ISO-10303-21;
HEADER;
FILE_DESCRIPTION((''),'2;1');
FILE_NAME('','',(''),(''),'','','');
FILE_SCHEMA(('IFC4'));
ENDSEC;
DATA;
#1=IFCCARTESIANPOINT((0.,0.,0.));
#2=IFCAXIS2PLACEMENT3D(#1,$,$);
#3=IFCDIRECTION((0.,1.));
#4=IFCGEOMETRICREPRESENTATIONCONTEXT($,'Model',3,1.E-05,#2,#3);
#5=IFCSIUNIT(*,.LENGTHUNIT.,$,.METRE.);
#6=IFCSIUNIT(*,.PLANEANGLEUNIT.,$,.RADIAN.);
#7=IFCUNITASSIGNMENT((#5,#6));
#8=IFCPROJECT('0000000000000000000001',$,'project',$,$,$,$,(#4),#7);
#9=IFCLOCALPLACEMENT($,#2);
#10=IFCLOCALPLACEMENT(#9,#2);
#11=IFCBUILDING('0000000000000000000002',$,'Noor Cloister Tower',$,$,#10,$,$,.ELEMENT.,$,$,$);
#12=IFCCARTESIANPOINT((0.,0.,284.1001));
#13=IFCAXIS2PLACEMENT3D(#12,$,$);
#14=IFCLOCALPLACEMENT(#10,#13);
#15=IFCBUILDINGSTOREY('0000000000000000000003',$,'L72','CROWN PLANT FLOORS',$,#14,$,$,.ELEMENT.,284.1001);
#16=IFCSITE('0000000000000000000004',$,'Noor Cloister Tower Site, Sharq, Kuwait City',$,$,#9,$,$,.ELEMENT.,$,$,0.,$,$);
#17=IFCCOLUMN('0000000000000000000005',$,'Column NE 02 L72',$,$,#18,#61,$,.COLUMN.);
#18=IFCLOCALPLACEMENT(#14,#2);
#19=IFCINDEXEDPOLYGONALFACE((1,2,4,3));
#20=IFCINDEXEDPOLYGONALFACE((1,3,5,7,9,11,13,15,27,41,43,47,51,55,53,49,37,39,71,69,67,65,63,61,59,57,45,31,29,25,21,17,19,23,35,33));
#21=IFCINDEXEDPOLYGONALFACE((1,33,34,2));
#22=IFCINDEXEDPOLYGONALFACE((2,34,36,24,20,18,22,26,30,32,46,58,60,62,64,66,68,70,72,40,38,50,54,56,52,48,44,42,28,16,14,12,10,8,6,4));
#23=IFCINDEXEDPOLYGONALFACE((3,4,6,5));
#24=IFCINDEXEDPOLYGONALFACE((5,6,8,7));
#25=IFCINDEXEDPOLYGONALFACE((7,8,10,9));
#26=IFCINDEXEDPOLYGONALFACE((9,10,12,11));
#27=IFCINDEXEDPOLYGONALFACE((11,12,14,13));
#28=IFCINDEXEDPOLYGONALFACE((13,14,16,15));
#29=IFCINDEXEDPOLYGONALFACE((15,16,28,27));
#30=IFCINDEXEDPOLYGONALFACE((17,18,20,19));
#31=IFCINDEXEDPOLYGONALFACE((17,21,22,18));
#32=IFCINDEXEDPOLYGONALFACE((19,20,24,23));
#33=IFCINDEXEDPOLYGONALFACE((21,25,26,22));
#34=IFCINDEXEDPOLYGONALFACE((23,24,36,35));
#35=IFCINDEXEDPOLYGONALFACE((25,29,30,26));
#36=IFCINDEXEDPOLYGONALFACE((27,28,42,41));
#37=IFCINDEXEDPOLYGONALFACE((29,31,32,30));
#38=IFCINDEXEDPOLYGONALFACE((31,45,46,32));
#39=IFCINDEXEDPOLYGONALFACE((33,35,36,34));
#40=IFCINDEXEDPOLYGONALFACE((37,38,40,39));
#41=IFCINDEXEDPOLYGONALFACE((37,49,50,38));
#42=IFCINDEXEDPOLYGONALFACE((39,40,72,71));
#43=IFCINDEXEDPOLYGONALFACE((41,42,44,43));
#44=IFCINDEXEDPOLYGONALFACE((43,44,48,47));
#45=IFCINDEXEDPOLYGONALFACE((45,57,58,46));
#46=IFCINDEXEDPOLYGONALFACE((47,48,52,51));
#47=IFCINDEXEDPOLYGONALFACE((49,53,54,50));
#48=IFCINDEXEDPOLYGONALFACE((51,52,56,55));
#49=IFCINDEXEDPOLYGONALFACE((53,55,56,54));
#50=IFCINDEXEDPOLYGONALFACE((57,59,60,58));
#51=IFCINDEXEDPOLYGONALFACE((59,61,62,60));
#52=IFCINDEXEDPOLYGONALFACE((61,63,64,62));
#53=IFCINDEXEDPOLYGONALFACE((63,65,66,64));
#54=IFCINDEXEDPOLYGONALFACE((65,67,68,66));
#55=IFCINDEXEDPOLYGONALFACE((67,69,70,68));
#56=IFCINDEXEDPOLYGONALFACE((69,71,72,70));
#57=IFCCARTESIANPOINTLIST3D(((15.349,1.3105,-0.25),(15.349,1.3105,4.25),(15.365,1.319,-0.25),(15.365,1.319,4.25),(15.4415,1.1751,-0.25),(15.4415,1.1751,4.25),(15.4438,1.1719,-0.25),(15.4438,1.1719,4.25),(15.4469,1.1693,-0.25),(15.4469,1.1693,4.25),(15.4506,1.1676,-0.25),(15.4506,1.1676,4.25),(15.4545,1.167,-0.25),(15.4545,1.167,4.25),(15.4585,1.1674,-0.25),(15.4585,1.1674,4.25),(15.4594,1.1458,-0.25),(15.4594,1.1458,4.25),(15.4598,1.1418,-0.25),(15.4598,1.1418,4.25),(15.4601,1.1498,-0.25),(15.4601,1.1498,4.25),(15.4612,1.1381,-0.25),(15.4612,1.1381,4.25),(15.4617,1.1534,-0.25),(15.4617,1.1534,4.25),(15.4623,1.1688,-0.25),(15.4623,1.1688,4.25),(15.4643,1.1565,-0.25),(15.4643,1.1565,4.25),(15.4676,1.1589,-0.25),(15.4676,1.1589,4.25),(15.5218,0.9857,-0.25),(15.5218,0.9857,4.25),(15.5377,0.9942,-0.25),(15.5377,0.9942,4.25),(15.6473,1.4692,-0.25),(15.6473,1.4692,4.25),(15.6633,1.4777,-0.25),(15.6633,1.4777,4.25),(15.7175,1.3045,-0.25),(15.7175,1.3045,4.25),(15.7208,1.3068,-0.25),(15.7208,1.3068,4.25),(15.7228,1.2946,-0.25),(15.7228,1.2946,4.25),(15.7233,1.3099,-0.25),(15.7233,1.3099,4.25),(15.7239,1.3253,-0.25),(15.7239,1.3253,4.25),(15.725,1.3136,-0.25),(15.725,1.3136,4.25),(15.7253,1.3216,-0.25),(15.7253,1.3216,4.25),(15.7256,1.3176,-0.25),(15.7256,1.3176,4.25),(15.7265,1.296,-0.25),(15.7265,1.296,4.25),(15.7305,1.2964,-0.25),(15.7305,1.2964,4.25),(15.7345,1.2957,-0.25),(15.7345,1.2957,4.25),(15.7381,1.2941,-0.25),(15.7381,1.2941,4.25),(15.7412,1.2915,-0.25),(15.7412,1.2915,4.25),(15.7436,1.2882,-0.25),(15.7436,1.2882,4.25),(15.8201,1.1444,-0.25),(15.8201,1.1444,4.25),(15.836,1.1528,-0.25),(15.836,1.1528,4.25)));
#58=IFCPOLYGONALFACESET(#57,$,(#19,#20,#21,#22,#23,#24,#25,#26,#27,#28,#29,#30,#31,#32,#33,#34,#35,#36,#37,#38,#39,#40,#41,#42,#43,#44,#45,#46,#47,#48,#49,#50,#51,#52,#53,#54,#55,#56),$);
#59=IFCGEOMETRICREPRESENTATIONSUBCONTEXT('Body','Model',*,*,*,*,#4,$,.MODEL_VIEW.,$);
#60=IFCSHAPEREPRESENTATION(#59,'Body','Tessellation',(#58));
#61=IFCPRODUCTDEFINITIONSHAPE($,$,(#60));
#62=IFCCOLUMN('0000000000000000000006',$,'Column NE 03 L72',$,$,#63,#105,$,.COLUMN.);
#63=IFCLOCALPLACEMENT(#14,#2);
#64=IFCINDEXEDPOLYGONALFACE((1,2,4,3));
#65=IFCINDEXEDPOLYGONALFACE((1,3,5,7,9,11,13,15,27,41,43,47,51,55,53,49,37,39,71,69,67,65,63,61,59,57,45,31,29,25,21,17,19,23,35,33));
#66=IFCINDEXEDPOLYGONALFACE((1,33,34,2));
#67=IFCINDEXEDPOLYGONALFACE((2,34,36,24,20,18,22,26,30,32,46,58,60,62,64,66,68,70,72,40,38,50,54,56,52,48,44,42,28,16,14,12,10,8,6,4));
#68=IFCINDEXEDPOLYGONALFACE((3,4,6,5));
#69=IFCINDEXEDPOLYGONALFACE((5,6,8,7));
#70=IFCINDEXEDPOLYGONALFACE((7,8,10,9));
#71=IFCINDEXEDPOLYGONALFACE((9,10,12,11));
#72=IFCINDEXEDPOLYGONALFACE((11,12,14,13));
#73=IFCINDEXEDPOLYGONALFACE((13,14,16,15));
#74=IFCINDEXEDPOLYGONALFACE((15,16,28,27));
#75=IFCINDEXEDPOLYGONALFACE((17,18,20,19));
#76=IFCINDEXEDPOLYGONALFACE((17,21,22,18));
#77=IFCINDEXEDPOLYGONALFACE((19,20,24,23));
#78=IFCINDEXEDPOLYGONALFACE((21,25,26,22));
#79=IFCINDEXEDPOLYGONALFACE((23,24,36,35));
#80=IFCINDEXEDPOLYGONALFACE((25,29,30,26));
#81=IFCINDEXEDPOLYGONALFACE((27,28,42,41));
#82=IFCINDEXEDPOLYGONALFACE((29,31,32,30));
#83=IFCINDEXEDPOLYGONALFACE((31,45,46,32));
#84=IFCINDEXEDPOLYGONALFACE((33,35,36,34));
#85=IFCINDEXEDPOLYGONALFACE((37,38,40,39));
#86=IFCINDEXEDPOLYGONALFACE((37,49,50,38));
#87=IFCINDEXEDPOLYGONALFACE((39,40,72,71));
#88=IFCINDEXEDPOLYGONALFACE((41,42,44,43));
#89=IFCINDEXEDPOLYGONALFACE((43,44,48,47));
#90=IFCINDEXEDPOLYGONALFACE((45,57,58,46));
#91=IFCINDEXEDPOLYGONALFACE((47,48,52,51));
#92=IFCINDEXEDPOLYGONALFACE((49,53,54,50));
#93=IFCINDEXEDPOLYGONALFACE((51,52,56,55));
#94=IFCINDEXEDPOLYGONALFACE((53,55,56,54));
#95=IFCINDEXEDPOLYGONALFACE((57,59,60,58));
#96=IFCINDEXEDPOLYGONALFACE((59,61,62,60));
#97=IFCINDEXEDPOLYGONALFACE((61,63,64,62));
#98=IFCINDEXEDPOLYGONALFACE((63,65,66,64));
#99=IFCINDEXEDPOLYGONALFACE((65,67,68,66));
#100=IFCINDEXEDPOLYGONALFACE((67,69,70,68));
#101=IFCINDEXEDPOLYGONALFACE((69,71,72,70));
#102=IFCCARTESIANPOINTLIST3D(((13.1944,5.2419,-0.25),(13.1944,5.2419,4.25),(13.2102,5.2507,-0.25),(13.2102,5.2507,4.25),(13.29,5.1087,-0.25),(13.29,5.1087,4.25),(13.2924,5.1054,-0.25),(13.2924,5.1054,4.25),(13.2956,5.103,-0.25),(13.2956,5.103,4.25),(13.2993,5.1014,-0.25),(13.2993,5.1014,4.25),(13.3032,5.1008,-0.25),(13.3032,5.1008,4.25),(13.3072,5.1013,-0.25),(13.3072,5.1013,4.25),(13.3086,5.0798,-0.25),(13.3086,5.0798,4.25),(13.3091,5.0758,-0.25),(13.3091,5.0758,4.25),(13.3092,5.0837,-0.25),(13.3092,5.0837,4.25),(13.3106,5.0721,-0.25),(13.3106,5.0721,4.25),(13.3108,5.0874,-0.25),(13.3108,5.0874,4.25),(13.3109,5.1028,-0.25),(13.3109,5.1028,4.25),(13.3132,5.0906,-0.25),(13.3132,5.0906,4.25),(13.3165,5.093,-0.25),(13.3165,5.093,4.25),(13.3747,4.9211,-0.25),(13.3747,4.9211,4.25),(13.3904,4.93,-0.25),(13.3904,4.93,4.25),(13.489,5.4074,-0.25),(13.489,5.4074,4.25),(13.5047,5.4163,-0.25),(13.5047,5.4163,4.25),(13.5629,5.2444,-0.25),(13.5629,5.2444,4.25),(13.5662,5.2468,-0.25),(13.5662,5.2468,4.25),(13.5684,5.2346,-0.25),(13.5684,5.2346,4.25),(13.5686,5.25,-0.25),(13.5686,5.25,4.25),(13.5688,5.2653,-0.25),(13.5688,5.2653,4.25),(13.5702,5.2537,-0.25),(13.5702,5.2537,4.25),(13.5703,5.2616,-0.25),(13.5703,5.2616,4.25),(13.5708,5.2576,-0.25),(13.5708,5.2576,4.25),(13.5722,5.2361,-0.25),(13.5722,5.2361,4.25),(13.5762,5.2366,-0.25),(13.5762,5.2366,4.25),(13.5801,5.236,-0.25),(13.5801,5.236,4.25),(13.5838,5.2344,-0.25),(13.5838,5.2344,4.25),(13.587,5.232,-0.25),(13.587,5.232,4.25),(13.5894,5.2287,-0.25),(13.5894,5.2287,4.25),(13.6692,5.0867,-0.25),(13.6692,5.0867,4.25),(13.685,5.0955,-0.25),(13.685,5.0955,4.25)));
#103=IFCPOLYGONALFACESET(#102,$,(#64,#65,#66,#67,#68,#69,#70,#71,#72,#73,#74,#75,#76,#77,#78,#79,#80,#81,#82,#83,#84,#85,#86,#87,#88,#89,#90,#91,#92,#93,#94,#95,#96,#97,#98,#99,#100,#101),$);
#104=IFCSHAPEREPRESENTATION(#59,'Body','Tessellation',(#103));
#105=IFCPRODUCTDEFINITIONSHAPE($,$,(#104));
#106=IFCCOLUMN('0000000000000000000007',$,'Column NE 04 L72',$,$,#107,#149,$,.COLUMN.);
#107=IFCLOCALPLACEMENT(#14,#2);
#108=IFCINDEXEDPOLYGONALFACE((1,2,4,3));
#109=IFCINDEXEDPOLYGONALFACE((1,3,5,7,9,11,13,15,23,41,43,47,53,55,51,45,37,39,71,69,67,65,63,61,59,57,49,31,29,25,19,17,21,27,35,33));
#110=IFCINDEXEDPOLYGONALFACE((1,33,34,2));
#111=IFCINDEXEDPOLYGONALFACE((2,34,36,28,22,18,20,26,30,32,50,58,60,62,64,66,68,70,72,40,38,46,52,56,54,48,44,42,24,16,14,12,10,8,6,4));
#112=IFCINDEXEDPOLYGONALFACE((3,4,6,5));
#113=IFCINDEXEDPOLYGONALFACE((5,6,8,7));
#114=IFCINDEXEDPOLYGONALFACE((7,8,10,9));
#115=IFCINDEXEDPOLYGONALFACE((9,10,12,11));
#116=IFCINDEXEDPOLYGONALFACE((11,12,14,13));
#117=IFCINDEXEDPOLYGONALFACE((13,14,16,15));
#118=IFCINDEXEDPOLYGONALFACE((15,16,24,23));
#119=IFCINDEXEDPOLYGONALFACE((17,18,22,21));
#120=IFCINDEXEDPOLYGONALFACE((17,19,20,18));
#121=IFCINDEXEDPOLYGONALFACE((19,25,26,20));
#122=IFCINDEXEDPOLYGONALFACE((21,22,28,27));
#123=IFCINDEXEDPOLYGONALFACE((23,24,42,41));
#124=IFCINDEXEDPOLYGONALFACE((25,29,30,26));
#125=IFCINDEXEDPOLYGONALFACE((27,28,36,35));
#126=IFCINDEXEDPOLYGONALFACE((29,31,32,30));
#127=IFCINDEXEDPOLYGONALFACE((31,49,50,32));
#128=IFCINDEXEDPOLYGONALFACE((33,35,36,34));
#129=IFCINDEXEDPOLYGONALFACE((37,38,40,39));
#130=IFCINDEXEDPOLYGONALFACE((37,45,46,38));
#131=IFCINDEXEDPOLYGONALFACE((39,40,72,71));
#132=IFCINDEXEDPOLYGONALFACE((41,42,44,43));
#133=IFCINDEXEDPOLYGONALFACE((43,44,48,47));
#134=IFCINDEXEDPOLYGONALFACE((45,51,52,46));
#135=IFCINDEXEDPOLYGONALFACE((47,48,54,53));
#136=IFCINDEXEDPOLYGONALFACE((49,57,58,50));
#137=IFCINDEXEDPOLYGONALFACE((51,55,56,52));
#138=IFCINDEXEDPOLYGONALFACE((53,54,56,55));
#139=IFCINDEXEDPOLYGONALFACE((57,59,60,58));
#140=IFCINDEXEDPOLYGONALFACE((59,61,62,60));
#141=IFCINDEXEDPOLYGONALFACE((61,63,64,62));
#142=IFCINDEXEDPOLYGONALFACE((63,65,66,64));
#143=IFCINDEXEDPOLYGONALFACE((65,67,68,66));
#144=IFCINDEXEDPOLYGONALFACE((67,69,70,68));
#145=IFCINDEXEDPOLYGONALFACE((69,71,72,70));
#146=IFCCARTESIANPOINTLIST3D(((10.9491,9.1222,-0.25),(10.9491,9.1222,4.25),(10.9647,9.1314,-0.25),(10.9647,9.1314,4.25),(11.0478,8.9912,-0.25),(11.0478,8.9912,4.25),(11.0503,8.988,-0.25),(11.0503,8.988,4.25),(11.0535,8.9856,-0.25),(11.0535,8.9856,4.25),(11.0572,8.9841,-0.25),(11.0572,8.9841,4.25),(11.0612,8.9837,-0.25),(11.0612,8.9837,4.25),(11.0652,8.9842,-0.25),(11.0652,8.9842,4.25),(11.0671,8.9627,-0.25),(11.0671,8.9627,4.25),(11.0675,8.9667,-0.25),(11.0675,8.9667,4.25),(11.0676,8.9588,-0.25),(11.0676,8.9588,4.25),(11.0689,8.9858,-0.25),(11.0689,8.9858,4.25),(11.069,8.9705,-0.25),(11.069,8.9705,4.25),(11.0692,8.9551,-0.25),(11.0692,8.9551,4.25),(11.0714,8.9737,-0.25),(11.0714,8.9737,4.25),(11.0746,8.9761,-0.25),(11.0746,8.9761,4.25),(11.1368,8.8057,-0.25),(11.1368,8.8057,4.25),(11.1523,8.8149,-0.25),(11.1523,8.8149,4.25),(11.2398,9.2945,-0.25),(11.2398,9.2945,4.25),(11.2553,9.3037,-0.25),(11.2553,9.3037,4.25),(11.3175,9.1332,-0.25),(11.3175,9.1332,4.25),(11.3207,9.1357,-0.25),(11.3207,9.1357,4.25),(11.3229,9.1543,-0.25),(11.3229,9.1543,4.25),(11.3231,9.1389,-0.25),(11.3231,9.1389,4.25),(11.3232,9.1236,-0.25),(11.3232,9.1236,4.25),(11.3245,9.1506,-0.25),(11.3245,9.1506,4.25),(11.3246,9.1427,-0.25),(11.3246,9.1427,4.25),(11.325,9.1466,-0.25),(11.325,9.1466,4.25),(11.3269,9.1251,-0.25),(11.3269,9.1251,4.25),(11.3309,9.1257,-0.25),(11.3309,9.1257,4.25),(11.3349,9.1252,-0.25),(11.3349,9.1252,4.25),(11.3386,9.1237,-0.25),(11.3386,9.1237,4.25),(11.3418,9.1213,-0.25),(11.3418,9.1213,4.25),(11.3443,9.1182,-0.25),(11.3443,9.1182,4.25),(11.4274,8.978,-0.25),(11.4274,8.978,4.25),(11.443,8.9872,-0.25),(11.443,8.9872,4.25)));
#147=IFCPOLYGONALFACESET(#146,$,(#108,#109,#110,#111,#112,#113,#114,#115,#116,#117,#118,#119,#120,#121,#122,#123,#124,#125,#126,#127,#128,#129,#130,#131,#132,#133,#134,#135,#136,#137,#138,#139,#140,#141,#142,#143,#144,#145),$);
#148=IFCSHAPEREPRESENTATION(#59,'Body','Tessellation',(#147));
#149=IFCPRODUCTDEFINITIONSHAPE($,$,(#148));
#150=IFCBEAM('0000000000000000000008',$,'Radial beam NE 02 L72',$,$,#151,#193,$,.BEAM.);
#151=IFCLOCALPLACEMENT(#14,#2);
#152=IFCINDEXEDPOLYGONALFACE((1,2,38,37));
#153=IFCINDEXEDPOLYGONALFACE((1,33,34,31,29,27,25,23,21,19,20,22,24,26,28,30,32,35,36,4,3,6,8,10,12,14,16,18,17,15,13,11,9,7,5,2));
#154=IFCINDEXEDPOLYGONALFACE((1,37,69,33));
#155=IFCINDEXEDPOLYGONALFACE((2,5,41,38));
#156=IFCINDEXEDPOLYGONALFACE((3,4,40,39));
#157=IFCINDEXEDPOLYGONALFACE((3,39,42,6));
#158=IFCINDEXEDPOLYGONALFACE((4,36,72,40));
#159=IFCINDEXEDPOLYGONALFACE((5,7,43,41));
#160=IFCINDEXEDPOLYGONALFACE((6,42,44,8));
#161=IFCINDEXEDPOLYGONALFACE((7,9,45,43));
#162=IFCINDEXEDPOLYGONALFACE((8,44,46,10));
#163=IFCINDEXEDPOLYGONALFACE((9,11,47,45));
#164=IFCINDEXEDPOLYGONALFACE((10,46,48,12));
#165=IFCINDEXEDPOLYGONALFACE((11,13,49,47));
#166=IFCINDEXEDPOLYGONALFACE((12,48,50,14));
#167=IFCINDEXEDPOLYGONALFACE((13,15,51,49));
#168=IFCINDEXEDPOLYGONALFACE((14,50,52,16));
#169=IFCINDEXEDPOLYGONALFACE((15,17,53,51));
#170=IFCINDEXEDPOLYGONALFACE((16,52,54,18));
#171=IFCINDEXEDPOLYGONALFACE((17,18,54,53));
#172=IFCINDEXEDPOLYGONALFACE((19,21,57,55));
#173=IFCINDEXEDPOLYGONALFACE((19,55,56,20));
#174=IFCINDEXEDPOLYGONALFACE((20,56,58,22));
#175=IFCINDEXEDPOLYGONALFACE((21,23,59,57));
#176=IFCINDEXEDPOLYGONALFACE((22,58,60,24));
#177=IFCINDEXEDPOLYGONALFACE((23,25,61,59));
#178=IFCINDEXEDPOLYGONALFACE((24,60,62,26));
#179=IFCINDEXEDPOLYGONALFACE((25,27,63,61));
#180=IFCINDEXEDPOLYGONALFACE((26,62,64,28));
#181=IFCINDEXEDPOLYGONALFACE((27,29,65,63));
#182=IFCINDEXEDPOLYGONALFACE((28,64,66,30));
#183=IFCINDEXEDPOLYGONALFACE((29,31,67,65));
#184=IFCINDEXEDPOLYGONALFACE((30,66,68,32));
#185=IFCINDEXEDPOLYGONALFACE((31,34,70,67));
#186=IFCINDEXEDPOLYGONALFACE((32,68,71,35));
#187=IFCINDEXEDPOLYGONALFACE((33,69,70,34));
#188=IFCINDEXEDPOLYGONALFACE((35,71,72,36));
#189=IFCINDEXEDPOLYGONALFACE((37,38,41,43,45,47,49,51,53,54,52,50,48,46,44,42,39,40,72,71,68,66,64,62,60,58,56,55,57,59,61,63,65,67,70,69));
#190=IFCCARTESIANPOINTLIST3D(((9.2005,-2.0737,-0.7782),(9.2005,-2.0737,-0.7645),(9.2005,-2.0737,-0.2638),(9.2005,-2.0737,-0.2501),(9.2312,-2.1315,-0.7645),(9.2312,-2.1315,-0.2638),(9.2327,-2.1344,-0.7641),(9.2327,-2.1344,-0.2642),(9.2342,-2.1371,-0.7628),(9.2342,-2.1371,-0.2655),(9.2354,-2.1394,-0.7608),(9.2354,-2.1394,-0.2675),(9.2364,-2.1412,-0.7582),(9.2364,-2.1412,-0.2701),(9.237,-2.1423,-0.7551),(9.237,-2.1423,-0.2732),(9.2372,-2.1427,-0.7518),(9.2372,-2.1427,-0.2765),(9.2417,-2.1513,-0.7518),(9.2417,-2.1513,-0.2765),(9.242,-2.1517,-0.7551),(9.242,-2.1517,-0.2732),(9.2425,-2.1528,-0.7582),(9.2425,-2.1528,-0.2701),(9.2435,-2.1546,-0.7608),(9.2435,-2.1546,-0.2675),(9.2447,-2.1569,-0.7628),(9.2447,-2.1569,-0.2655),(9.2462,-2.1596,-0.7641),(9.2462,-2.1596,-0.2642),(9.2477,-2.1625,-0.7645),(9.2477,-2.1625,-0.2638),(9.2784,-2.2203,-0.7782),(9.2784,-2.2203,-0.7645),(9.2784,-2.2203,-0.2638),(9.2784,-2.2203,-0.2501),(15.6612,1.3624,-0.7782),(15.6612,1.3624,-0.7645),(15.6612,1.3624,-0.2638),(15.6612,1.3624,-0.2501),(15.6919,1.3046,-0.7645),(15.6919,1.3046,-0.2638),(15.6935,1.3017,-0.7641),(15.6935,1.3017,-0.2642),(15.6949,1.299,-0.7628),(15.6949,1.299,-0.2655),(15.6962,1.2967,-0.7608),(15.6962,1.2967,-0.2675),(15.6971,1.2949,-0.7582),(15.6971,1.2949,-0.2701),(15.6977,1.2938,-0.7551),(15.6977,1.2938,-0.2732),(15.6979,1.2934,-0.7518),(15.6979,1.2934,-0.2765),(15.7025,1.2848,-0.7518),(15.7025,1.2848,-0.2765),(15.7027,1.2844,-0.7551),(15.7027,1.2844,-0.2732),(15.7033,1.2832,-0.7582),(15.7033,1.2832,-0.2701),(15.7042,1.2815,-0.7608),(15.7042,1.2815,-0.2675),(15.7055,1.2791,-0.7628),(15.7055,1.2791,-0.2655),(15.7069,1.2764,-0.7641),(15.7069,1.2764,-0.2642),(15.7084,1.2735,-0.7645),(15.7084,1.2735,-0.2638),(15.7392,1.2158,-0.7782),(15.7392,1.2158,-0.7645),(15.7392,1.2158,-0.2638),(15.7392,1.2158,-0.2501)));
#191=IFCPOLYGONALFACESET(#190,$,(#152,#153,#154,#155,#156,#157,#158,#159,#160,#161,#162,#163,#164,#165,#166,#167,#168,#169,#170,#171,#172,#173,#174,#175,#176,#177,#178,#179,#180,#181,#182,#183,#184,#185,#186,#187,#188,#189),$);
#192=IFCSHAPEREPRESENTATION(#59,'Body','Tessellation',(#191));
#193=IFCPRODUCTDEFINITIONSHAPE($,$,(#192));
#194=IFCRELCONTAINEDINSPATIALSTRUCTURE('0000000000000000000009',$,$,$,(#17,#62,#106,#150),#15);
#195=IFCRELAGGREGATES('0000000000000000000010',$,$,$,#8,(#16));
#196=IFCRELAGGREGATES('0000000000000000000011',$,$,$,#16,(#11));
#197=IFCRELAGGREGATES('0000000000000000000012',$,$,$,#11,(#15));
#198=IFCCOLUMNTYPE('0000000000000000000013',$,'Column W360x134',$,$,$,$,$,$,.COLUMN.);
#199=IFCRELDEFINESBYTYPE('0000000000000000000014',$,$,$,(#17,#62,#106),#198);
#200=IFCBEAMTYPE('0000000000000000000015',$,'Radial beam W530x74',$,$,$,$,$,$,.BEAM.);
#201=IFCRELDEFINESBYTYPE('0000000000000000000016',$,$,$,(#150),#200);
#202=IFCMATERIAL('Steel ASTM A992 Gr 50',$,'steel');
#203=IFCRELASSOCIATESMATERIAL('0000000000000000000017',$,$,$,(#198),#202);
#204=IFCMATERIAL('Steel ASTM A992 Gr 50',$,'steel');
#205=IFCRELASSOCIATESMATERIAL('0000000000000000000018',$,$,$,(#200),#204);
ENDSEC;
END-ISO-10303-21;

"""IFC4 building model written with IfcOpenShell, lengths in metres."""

from ifc_helpers import new_model, si_unit, direction, frame, origin, origin_2d, place, context, subcontext, project, spatial, i_section, extrude, material, material_profile, profile_set, type_object, element, save


model = new_model("IFC4")

# Units and contexts
model_context = context("Model", 3, precision=1e-05, world=origin(), true_north=direction((0.0, 1.0)))
body_context = subcontext(model_context, "Body", "Model", "MODEL_VIEW")
ifc_project = project(units=[si_unit("LENGTHUNIT", "METRE"), si_unit("PLANEANGLEUNIT", "RADIAN")], contexts=[model_context])

# Site, building, storey
site_placement = place(None, origin())
site = spatial("IfcSite", under=ifc_project, at=site_placement, Name="Noor Cloister Tower Site, Sharq, Kuwait City", CompositionType="ELEMENT", RefElevation=0.0)
building_placement = place(site_placement, origin())
building = spatial("IfcBuilding", under=site, at=building_placement, Name="Noor Cloister Tower", CompositionType="ELEMENT")
storey_placement = place(building_placement, frame((0.0, 0.0, 284.1001)))
storey = spatial("IfcBuildingStorey", under=building, at=storey_placement, Name="L72", Description="CROWN PLANT FLOORS", CompositionType="ELEMENT", Elevation=284.1001)

# Columns
ifc_material_1 = material(Name="Steel ASTM A992 Gr 50", Category="steel")
ifc_material_profile_1 = material_profile(ifc_material_1, i_section(OverallWidth=0.3679, OverallDepth=0.356, WebThickness=0.0112, FlangeThickness=0.0181, FilletRadius=0.0154, at=origin_2d()), Name="W360x134")
ifc_profile_set_1 = profile_set([ifc_material_profile_1], Name="Steel ASTM A992 Gr 50")
column_type = type_object("IfcColumnType", Name="Column W360x134", PredefinedType="COLUMN", material=ifc_profile_set_1)
for number, where, z_axis, x_axis, name in (
    (1, (15.5925, 1.2317, -0.25), (0.0, 0.0, 1.0), (-0.469576, 0.882892, 0.0), "Column NE 02 L72"),
    (2, (13.4397, 5.1687, -0.25), (0.0, 0.0, 1.0), (-0.489924, 0.871765, 0.0), "Column NE 03 L72"),
    (3, (11.196, 9.0547, -0.25), (0.0, 0.0, 1.0), (-0.510009, 0.860169, 0.0), "Column NE 04 L72"),
):
    element("IfcColumn", number, at=place(storey_placement, frame(where, z_axis=z_axis, x_axis=x_axis)), inside=storey, type_object=column_type, Name=name, PredefinedType="COLUMN", context=body_context, shape_type="SweptSolid", body=[
        extrude(i_section(OverallWidth=0.3679, OverallDepth=0.356, WebThickness=0.0112, FlangeThickness=0.0181, FilletRadius=0.0154, at=origin_2d()), origin(), (0.0, 0.0, 1.0), 4.5),
    ])

# Beam
ifc_material_2 = material(Name="Steel ASTM A992 Gr 50", Category="steel")
ifc_material_profile_2 = material_profile(ifc_material_2, i_section(OverallWidth=0.166, OverallDepth=0.5281, WebThickness=0.0098, FlangeThickness=0.0137, FilletRadius=0.0127, at=origin_2d()), Name="W530x74")
ifc_profile_set_2 = profile_set([ifc_material_profile_2], Name="Steel ASTM A992 Gr 50")
beam_type_1 = type_object("IfcBeamType", Name="Radial beam W530x74", PredefinedType="BEAM", material=ifc_profile_set_2)
beam_1_placement = place(storey_placement, frame((15.7002, 1.2891, -0.5142), z_axis=(-0.882901, -0.469559, 0.0), x_axis=(0.469559, -0.882901, 0.0)))
element("IfcBeam", 4, at=beam_1_placement, inside=storey, type_object=beam_type_1, Name="Radial beam NE 02 L72", PredefinedType="BEAM", context=body_context, shape_type="SweptSolid", body=[
    extrude(i_section(OverallWidth=0.166, OverallDepth=0.5281, WebThickness=0.0098, FlangeThickness=0.0137, FilletRadius=0.0127, at=origin_2d()), origin(), (0.0, 0.0, 1.0), 7.3176),
])

save(model, "model.ifc")
